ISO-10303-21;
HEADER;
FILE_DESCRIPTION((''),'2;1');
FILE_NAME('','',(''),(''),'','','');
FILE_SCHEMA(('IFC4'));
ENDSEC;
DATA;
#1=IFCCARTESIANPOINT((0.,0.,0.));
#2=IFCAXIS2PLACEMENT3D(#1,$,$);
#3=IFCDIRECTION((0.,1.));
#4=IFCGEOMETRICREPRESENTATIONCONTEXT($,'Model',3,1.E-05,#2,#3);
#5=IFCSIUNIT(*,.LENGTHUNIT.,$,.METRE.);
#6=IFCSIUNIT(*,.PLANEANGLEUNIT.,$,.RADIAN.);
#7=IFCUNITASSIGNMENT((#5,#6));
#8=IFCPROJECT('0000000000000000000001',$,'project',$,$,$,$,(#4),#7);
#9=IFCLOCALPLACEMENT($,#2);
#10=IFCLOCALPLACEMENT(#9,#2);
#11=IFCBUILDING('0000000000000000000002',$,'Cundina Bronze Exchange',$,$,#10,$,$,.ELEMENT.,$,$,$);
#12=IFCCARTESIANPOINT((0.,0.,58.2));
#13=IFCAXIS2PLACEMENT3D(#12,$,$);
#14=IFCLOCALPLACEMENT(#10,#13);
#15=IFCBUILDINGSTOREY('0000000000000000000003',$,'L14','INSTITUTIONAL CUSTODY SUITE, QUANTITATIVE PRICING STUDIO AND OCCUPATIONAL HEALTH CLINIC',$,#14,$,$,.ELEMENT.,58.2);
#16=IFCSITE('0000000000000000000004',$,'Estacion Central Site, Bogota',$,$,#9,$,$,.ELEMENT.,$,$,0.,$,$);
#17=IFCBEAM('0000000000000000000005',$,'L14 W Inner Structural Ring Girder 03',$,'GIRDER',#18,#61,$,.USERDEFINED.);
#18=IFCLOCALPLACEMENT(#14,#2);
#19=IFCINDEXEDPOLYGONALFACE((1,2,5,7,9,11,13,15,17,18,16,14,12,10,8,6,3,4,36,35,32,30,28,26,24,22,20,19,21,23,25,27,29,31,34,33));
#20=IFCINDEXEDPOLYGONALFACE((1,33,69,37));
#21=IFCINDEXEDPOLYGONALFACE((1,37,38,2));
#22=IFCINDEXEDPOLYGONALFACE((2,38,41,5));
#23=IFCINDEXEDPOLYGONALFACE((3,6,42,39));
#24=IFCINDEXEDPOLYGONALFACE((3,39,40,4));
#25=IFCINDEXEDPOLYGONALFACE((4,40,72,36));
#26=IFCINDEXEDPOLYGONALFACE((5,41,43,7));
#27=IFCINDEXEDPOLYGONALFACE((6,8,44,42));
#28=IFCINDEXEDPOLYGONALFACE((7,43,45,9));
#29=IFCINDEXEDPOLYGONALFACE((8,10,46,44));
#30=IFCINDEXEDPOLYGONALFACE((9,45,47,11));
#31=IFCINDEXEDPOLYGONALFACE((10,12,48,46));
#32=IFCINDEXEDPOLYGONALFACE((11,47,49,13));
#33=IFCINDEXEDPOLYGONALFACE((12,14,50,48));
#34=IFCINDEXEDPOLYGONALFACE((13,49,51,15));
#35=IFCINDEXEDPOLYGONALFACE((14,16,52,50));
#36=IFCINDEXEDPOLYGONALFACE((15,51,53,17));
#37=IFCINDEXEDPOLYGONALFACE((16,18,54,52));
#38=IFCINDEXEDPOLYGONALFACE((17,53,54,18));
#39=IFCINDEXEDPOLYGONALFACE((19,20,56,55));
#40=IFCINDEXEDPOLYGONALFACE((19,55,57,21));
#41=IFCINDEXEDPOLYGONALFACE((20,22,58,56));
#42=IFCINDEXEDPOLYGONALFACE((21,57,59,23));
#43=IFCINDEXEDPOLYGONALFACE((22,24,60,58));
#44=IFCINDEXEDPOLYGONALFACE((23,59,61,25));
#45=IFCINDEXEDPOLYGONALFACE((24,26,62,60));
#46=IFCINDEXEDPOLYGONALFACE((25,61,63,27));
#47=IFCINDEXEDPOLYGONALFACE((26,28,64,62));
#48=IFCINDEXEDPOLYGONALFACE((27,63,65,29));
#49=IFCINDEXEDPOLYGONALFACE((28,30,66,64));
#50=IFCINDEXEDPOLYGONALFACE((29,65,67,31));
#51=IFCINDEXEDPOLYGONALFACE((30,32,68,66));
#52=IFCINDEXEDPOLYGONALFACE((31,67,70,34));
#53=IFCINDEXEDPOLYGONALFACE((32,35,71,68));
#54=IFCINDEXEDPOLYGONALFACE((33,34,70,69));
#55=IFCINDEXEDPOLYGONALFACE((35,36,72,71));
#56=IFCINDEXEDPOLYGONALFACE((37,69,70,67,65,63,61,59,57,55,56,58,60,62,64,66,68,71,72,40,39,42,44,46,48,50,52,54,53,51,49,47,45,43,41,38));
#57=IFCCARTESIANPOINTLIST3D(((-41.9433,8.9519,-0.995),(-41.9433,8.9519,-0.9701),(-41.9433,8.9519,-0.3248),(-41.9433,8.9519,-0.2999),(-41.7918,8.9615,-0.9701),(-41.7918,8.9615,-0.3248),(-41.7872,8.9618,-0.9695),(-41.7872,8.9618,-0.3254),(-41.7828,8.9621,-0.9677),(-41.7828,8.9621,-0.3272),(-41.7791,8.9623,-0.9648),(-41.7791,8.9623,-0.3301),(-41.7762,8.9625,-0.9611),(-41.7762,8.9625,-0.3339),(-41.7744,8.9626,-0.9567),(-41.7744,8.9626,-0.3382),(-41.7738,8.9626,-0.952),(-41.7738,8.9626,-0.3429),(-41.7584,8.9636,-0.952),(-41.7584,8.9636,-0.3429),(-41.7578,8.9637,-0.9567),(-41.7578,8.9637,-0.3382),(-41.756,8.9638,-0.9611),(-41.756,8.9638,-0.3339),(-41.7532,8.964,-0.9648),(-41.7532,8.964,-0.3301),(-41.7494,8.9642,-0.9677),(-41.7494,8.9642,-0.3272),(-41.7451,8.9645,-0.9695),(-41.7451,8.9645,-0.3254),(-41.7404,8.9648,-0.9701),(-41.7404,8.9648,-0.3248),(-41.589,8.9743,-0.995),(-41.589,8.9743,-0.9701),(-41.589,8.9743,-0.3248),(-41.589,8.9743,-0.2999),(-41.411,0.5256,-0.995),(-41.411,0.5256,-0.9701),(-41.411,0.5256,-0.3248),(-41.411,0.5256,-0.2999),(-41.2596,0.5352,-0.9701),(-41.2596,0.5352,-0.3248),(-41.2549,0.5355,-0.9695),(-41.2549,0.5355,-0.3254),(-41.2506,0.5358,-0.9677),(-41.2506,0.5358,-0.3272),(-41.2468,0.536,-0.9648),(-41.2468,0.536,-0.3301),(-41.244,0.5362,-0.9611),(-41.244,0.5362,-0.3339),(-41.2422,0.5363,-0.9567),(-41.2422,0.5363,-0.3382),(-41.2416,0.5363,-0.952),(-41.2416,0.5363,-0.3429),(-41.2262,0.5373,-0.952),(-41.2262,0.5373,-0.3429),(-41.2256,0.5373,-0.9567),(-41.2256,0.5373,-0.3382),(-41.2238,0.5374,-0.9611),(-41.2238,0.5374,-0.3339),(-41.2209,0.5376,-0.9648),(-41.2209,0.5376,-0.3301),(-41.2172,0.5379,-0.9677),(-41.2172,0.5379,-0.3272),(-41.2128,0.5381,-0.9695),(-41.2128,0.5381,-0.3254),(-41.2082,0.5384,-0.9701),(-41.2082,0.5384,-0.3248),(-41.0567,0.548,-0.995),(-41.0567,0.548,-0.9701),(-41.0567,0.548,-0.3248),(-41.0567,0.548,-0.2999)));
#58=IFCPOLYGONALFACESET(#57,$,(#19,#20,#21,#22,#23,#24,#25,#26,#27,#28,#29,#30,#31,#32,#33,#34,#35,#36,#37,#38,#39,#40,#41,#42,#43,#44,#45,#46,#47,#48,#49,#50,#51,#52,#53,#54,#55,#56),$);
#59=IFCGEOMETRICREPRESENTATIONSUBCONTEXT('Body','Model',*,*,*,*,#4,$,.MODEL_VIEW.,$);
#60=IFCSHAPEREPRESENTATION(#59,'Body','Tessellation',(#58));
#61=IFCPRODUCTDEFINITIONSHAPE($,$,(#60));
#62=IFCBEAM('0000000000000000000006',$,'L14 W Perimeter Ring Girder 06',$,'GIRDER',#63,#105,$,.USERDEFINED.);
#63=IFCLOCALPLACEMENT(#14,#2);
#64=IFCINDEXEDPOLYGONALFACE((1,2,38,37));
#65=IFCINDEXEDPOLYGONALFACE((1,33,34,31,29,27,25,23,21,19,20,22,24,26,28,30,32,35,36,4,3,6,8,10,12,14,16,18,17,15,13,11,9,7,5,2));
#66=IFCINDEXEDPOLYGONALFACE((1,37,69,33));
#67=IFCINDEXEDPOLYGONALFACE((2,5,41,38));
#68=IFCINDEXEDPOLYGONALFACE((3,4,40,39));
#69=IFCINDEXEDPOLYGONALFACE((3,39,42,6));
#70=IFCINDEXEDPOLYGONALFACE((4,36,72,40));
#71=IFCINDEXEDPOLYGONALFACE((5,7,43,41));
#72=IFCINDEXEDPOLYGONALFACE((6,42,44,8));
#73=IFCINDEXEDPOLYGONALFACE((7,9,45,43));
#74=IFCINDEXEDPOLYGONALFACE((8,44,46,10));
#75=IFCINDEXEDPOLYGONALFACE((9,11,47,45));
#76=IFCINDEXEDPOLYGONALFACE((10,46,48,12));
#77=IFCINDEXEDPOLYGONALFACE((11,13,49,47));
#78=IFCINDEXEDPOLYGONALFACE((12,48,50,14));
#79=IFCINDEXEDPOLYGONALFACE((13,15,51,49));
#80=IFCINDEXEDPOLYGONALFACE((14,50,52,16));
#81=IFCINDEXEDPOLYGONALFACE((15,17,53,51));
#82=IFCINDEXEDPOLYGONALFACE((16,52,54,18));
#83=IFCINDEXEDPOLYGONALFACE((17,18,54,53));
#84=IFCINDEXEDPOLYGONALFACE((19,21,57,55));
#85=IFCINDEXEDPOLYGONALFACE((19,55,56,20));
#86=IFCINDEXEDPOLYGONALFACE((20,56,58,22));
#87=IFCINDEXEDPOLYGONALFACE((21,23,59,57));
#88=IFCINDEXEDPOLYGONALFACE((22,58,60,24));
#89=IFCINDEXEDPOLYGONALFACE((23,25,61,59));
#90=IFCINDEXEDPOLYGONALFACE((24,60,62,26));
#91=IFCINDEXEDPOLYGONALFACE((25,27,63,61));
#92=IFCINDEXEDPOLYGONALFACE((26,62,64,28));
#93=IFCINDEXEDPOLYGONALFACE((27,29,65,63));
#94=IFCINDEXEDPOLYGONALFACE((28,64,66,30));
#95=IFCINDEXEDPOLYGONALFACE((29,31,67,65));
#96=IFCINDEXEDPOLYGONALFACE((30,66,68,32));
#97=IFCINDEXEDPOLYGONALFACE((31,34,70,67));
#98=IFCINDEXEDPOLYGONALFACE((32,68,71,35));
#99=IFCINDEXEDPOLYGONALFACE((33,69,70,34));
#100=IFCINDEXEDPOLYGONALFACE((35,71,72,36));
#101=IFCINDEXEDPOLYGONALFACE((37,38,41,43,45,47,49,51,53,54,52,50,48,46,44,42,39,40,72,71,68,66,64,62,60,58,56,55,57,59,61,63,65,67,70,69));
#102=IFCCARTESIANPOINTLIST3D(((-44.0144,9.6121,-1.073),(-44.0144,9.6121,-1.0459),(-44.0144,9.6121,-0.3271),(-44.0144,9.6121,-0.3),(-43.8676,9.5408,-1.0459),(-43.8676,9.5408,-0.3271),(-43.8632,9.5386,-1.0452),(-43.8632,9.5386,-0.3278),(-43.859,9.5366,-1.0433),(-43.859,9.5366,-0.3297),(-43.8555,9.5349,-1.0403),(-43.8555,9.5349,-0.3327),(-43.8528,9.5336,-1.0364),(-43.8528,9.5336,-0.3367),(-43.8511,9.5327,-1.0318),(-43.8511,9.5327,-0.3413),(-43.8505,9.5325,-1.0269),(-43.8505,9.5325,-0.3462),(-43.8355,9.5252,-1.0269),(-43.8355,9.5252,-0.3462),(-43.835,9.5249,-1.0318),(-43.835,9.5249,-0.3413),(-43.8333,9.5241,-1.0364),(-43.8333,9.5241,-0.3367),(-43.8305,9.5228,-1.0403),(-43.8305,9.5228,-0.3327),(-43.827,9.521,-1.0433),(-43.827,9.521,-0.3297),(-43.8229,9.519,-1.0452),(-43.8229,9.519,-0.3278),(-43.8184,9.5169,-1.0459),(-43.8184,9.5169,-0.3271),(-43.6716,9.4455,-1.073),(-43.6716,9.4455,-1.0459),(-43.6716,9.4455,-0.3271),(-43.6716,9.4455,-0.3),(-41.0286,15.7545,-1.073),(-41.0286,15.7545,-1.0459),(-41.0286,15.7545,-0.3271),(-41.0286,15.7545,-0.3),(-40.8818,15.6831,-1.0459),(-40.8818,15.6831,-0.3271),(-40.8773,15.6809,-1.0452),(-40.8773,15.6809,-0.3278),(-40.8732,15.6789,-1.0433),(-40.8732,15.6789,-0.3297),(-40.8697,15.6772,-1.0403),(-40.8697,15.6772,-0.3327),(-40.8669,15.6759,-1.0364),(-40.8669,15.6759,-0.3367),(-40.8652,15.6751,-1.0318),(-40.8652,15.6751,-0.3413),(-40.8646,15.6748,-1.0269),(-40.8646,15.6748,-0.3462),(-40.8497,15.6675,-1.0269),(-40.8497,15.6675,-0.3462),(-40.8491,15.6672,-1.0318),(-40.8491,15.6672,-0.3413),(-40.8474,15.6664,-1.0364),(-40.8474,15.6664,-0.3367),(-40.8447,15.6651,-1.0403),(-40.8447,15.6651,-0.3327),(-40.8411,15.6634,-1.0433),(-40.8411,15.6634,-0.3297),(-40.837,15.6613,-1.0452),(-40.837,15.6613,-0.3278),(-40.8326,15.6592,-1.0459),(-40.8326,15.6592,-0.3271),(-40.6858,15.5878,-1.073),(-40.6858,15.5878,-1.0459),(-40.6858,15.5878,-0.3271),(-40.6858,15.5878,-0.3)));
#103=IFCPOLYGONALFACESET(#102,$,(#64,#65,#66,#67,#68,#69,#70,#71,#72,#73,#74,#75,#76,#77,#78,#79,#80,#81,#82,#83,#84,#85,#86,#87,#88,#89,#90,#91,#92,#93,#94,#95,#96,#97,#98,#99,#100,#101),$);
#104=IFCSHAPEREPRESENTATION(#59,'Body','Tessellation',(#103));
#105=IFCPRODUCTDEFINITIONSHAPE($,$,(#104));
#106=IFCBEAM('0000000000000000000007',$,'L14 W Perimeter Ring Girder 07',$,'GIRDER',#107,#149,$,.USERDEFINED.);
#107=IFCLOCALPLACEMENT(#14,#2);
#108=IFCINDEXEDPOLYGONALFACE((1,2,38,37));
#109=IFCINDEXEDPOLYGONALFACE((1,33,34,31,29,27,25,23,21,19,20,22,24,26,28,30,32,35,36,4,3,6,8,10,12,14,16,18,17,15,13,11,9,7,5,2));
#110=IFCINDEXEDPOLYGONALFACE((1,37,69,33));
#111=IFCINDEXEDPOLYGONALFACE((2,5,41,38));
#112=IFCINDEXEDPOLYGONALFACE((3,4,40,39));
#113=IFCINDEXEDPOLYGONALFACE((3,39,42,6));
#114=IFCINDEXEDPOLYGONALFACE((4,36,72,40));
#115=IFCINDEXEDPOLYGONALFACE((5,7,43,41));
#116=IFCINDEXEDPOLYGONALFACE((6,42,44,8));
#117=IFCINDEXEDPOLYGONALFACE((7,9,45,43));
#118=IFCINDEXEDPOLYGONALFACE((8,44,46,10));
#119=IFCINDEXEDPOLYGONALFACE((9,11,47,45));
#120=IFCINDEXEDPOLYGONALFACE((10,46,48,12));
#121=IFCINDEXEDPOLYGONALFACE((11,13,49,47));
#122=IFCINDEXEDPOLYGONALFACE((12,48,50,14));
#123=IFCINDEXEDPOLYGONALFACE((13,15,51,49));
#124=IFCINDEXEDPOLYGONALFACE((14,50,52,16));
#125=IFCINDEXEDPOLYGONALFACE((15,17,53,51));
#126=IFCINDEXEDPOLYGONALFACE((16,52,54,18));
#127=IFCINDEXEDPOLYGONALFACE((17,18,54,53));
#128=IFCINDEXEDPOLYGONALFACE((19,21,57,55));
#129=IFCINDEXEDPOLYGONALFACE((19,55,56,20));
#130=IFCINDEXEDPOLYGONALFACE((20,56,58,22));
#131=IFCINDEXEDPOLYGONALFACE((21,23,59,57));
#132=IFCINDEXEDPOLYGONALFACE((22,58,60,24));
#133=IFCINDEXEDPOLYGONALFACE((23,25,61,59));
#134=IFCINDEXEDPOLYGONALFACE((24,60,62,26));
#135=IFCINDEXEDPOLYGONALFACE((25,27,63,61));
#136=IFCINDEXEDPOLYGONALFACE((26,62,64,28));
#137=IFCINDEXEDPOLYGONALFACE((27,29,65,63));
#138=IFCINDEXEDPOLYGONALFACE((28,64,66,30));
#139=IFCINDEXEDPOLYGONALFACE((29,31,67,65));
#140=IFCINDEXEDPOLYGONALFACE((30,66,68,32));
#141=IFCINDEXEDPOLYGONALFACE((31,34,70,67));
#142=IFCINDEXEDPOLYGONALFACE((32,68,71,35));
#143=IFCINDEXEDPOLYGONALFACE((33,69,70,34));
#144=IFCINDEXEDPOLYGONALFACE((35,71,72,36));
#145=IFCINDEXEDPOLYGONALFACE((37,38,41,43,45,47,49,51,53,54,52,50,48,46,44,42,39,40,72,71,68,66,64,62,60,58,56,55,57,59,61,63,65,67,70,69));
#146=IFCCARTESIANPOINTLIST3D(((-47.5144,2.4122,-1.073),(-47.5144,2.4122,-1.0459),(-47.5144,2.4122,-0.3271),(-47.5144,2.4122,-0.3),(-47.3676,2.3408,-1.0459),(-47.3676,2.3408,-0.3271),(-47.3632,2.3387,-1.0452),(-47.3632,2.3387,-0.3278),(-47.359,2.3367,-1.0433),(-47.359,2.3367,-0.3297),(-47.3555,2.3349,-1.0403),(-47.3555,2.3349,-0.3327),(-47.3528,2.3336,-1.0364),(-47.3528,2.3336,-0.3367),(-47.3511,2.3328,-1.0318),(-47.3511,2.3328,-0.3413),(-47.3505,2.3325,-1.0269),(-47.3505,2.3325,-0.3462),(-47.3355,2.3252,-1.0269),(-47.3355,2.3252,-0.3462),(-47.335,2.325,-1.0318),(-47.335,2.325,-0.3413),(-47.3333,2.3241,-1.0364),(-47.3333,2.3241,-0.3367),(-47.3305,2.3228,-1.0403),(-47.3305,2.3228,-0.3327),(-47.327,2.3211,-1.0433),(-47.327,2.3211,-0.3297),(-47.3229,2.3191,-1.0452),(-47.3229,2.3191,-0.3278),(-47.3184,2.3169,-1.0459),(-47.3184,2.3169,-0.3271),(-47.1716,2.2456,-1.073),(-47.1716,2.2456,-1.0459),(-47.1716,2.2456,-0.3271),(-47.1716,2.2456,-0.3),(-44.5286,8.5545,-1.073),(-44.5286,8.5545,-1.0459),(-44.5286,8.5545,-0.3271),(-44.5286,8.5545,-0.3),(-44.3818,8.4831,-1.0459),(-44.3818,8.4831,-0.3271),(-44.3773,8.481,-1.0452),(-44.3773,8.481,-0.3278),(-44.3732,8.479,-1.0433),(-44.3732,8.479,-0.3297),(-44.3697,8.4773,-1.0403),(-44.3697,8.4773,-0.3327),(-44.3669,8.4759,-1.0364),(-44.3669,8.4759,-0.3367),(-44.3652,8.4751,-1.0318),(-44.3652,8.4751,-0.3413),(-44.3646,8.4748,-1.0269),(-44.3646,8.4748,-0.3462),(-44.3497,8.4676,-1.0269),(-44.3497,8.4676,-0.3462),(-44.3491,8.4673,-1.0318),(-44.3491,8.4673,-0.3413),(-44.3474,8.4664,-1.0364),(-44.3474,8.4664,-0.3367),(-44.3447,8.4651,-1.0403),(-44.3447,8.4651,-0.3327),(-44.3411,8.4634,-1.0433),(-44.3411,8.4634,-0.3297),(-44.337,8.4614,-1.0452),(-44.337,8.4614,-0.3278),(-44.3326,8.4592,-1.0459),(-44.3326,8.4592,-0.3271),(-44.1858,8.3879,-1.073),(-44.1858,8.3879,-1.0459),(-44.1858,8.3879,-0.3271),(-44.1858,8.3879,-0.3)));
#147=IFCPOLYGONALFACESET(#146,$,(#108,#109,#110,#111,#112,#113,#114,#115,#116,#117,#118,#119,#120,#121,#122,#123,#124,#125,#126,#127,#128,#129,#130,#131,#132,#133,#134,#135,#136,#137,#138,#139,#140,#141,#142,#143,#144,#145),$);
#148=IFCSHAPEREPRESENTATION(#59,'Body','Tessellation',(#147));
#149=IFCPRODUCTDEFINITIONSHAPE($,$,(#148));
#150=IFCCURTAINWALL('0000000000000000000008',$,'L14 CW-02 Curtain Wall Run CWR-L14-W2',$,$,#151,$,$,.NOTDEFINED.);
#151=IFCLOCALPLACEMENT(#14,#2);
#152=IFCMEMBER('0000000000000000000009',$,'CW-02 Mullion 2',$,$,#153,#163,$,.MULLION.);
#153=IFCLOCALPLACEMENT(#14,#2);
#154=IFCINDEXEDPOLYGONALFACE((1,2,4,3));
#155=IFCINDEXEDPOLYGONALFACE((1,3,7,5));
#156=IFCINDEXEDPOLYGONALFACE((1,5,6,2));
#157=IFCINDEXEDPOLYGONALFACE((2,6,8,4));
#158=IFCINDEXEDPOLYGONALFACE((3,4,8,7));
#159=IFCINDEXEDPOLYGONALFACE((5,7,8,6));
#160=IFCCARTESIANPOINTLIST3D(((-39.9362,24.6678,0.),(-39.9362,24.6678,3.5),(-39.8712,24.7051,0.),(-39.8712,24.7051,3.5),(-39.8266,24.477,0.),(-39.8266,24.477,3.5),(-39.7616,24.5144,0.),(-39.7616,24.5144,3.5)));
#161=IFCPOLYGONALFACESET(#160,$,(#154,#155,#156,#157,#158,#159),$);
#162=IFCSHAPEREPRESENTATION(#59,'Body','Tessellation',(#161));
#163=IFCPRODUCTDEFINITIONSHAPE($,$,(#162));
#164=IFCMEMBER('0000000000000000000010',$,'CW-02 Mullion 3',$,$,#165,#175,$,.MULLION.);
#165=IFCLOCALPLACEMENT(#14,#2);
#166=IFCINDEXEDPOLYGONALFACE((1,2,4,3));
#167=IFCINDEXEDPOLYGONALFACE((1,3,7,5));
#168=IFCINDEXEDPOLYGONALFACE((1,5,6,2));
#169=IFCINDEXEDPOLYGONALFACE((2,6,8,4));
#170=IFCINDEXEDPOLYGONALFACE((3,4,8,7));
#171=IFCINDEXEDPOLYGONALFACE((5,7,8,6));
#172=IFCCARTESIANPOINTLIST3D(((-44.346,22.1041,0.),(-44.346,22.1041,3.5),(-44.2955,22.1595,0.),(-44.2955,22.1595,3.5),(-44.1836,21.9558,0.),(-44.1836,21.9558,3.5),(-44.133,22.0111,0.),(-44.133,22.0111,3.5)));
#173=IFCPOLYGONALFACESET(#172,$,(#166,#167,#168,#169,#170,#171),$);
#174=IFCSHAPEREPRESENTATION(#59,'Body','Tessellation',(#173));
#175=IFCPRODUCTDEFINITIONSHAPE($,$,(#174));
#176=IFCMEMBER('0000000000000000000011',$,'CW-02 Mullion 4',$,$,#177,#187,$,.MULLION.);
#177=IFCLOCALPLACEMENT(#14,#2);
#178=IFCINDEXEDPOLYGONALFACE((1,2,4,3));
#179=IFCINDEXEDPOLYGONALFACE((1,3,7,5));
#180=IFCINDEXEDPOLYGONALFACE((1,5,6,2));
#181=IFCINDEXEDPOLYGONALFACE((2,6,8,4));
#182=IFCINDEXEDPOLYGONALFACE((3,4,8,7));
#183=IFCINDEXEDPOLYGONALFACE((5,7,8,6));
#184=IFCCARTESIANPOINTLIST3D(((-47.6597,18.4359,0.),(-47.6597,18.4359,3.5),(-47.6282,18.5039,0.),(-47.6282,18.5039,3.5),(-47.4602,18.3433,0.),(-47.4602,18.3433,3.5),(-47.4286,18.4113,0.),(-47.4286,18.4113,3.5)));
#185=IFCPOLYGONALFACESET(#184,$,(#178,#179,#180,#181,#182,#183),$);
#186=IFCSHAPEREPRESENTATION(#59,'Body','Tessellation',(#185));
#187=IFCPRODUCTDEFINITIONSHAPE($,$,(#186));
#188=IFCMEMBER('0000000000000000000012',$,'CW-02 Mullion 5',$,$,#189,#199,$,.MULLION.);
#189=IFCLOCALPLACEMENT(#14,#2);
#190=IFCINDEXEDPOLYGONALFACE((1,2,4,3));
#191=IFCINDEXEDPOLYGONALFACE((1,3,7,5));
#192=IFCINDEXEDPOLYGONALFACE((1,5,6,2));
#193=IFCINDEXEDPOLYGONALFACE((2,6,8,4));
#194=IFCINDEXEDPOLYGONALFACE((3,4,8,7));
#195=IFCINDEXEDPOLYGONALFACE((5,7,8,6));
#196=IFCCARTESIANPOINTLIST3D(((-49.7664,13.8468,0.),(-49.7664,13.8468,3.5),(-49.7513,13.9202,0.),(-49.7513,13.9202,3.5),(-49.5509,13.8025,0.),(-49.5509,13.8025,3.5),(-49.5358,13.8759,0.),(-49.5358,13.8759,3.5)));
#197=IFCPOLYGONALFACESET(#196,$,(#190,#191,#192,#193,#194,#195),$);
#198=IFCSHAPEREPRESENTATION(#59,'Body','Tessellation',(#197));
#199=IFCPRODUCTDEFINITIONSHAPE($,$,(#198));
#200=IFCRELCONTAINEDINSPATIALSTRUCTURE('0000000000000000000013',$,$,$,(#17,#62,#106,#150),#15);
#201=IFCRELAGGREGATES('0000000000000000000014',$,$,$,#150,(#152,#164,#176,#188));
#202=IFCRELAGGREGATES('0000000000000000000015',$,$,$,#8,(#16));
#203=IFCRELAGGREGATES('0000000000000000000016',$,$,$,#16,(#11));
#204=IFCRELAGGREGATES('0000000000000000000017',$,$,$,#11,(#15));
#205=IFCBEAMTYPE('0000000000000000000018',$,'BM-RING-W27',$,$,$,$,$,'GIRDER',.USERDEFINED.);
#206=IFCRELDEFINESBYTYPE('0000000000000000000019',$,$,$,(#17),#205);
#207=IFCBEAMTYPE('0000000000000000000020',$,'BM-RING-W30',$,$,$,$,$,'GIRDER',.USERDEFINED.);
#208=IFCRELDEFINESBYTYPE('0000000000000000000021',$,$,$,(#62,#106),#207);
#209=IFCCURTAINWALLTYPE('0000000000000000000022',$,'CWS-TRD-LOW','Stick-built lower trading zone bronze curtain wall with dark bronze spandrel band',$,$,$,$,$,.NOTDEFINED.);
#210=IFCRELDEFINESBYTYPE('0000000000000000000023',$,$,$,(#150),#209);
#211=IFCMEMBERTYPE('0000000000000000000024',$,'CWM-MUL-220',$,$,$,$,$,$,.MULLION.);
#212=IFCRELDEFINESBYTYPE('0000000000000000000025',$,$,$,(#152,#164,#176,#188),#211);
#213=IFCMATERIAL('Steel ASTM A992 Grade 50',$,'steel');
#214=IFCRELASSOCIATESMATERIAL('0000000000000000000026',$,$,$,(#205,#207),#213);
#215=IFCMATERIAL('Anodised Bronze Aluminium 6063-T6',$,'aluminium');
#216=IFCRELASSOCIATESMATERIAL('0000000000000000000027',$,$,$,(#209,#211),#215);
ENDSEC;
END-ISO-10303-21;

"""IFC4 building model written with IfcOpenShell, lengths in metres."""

from ifc_helpers import new_model, si_unit, direction, frame, origin, origin_2d, place, context, subcontext, project, spatial, rectangle, i_section, extrude, material, material_profile, profile_set, type_object, element, aggregate, save


model = new_model("IFC4")

# Units and contexts
model_context = context("Model", 3, precision=1e-05, world=origin(), true_north=direction((0.0, 1.0)))
body_context = subcontext(model_context, "Body", "Model", "MODEL_VIEW")
ifc_project = project(units=[si_unit("LENGTHUNIT", "METRE"), si_unit("PLANEANGLEUNIT", "RADIAN")], contexts=[model_context])

# Site, building, storey
site_placement = place(None, origin())
site = spatial("IfcSite", under=ifc_project, at=site_placement, Name="Estacion Central Site, Bogota", CompositionType="ELEMENT", RefElevation=0.0)
building_placement = place(site_placement, origin())
building = spatial("IfcBuilding", under=site, at=building_placement, Name="Cundina Bronze Exchange", CompositionType="ELEMENT")
storey_placement = place(building_placement, frame((0.0, 0.0, 58.2)))
storey = spatial("IfcBuildingStorey", under=building, at=storey_placement, Name="L14", Description="INSTITUTIONAL CUSTODY SUITE, QUANTITATIVE PRICING STUDIO AND OCCUPATIONAL HEALTH CLINIC", CompositionType="ELEMENT", Elevation=58.2)

# Beams
ifc_material_1 = material(Name="Steel ASTM A992 Grade 50", Category="steel")
ifc_material_profile_1 = material_profile(ifc_material_1, i_section(OverallWidth=0.355, OverallDepth=0.6951, WebThickness=0.0154, FlangeThickness=0.0249, FilletRadius=0.0181, at=origin_2d()), Name="W27X146", Category="steel")
ifc_profile_set_1 = profile_set([ifc_material_profile_1], Name="Steel ASTM A992 Grade 50")
beam_type_1 = type_object("IfcBeamType", Name="BM-RING-W27", ElementType="GIRDER", PredefinedType="USERDEFINED", material=ifc_profile_set_1)
beam_1_placement = place(storey_placement, frame((-41.7661, 8.9631, -0.6475), z_axis=(0.063037, -0.998011, 0.0), x_axis=(0.998011, 0.063037, 0.0)))
element("IfcBeam", 1, at=beam_1_placement, inside=storey, type_object=beam_type_1, Name="L14 W Inner Structural Ring Girder 03", ObjectType="GIRDER", PredefinedType="USERDEFINED", context=body_context, shape_type="SweptSolid", body=[
    extrude(i_section(OverallWidth=0.355, OverallDepth=0.6951, WebThickness=0.0154, FlangeThickness=0.0249, FilletRadius=0.0181, at=origin_2d()), origin(), (0.0, 0.0, 1.0), 8.4431),
])
ifc_material_profile_2 = material_profile(ifc_material_1, i_section(OverallWidth=0.3811, OverallDepth=0.7729, WebThickness=0.0166, FlangeThickness=0.0271, FilletRadius=0.019, at=origin_2d()), Name="W30X173", Category="steel")
ifc_profile_set_2 = profile_set([ifc_material_profile_2], Name="Steel ASTM A992 Grade 50")
beam_type_2 = type_object("IfcBeamType", Name="BM-RING-W30", ElementType="GIRDER", PredefinedType="USERDEFINED", material=ifc_profile_set_2)
for number, where, z_axis, x_axis, name in (
    (2, (-40.8572, 15.6711, -0.6865), (-0.437191, -0.899369, 0.0), (0.899369, -0.437191, 0.0), "L14 W Perimeter Ring Girder 06"),
    (3, (-44.3572, 8.4712, -0.6865), (-0.437191, -0.899369, 0.0), (0.899369, -0.437191, 0.0), "L14 W Perimeter Ring Girder 07"),
):
    element("IfcBeam", number, at=place(storey_placement, frame(where, z_axis=z_axis, x_axis=x_axis)), inside=storey, type_object=beam_type_2, Name=name, ObjectType="GIRDER", PredefinedType="USERDEFINED", context=body_context, shape_type="SweptSolid", body=[
        extrude(i_section(OverallWidth=0.3811, OverallDepth=0.7729, WebThickness=0.0166, FlangeThickness=0.0271, FilletRadius=0.019, at=origin_2d()), origin(), (0.0, 0.0, 1.0), 6.8296),
    ])

# Curtain wall, members
ifc_material_2 = material(Name="Anodised Bronze Aluminium 6063-T6", Category="aluminium")
curtain_wall_type = type_object("IfcCurtainWallType", Name="CWS-TRD-LOW", Description="Stick-built lower trading zone bronze curtain wall with dark bronze spandrel band", PredefinedType="NOTDEFINED", material=ifc_material_2)
curtain_wall_placement = place(storey_placement, origin())
curtain_wall = element("IfcCurtainWall", 4, at=curtain_wall_placement, inside=storey, type_object=curtain_wall_type, Name="L14 CW-02 Curtain Wall Run CWR-L14-W2", PredefinedType="NOTDEFINED")
ifc_material_profile_3 = material_profile(ifc_material_2, rectangle(XDim=0.075, YDim=0.22, at=origin_2d()), Name="AL75X220", Category="aluminium")
ifc_profile_set_3 = profile_set([ifc_material_profile_3], Name="Anodised Bronze Aluminium 6063-T6")
member_type_1 = type_object("IfcMemberType", Name="CWM-MUL-220", PredefinedType="MULLION", material=ifc_profile_set_3)
member_1_placement = place(storey_placement, frame((-39.8489, 24.5911, 0.0), z_axis=(0.0, 0.0, 1.0), x_axis=(-0.867071, -0.498185, 0.0)))
member_1 = element("IfcMember", 5, at=member_1_placement, type_object=member_type_1, Name="CW-02 Mullion 2", PredefinedType="MULLION", context=body_context, shape_type="SweptSolid", body=[
    extrude(rectangle(XDim=0.075, YDim=0.22, at=origin_2d()), origin(), (0.0, 0.0, 1.0), 3.5),
])
member_2_placement = place(storey_placement, frame((-44.2395, 22.0576, 0.0), z_axis=(0.0, 0.0, 1.0), x_axis=(-0.674302, -0.738455, 0.0)))
member_2 = element("IfcMember", 6, at=member_2_placement, type_object=member_type_1, Name="CW-02 Mullion 3", PredefinedType="MULLION", context=body_context, shape_type="SweptSolid", body=[
    extrude(rectangle(XDim=0.075, YDim=0.22, at=origin_2d()), origin(), (0.0, 0.0, 1.0), 3.5),
])
member_3_placement = place(storey_placement, frame((-47.5442, 18.4236, 0.0), z_axis=(0.0, 0.0, 1.0), x_axis=(-0.420877, -0.907117, 0.0)))
member_3 = element("IfcMember", 7, at=member_3_placement, type_object=member_type_1, Name="CW-02 Mullion 4", PredefinedType="MULLION", context=body_context, shape_type="SweptSolid", body=[
    extrude(rectangle(XDim=0.075, YDim=0.22, at=origin_2d()), origin(), (0.0, 0.0, 1.0), 3.5),
])
member_4_placement = place(storey_placement, frame((-49.6511, 13.8613, 0.0), z_axis=(0.0, 0.0, 1.0), x_axis=(-0.20142, -0.979505, 0.0)))
member_4 = element("IfcMember", 8, at=member_4_placement, type_object=member_type_1, Name="CW-02 Mullion 5", PredefinedType="MULLION", context=body_context, shape_type="SweptSolid", body=[
    extrude(rectangle(XDim=0.075, YDim=0.22, at=origin_2d()), origin(), (0.0, 0.0, 1.0), 3.5),
])
aggregate(curtain_wall, [member_1, member_2, member_3, member_4])

save(model, "model.ifc")
